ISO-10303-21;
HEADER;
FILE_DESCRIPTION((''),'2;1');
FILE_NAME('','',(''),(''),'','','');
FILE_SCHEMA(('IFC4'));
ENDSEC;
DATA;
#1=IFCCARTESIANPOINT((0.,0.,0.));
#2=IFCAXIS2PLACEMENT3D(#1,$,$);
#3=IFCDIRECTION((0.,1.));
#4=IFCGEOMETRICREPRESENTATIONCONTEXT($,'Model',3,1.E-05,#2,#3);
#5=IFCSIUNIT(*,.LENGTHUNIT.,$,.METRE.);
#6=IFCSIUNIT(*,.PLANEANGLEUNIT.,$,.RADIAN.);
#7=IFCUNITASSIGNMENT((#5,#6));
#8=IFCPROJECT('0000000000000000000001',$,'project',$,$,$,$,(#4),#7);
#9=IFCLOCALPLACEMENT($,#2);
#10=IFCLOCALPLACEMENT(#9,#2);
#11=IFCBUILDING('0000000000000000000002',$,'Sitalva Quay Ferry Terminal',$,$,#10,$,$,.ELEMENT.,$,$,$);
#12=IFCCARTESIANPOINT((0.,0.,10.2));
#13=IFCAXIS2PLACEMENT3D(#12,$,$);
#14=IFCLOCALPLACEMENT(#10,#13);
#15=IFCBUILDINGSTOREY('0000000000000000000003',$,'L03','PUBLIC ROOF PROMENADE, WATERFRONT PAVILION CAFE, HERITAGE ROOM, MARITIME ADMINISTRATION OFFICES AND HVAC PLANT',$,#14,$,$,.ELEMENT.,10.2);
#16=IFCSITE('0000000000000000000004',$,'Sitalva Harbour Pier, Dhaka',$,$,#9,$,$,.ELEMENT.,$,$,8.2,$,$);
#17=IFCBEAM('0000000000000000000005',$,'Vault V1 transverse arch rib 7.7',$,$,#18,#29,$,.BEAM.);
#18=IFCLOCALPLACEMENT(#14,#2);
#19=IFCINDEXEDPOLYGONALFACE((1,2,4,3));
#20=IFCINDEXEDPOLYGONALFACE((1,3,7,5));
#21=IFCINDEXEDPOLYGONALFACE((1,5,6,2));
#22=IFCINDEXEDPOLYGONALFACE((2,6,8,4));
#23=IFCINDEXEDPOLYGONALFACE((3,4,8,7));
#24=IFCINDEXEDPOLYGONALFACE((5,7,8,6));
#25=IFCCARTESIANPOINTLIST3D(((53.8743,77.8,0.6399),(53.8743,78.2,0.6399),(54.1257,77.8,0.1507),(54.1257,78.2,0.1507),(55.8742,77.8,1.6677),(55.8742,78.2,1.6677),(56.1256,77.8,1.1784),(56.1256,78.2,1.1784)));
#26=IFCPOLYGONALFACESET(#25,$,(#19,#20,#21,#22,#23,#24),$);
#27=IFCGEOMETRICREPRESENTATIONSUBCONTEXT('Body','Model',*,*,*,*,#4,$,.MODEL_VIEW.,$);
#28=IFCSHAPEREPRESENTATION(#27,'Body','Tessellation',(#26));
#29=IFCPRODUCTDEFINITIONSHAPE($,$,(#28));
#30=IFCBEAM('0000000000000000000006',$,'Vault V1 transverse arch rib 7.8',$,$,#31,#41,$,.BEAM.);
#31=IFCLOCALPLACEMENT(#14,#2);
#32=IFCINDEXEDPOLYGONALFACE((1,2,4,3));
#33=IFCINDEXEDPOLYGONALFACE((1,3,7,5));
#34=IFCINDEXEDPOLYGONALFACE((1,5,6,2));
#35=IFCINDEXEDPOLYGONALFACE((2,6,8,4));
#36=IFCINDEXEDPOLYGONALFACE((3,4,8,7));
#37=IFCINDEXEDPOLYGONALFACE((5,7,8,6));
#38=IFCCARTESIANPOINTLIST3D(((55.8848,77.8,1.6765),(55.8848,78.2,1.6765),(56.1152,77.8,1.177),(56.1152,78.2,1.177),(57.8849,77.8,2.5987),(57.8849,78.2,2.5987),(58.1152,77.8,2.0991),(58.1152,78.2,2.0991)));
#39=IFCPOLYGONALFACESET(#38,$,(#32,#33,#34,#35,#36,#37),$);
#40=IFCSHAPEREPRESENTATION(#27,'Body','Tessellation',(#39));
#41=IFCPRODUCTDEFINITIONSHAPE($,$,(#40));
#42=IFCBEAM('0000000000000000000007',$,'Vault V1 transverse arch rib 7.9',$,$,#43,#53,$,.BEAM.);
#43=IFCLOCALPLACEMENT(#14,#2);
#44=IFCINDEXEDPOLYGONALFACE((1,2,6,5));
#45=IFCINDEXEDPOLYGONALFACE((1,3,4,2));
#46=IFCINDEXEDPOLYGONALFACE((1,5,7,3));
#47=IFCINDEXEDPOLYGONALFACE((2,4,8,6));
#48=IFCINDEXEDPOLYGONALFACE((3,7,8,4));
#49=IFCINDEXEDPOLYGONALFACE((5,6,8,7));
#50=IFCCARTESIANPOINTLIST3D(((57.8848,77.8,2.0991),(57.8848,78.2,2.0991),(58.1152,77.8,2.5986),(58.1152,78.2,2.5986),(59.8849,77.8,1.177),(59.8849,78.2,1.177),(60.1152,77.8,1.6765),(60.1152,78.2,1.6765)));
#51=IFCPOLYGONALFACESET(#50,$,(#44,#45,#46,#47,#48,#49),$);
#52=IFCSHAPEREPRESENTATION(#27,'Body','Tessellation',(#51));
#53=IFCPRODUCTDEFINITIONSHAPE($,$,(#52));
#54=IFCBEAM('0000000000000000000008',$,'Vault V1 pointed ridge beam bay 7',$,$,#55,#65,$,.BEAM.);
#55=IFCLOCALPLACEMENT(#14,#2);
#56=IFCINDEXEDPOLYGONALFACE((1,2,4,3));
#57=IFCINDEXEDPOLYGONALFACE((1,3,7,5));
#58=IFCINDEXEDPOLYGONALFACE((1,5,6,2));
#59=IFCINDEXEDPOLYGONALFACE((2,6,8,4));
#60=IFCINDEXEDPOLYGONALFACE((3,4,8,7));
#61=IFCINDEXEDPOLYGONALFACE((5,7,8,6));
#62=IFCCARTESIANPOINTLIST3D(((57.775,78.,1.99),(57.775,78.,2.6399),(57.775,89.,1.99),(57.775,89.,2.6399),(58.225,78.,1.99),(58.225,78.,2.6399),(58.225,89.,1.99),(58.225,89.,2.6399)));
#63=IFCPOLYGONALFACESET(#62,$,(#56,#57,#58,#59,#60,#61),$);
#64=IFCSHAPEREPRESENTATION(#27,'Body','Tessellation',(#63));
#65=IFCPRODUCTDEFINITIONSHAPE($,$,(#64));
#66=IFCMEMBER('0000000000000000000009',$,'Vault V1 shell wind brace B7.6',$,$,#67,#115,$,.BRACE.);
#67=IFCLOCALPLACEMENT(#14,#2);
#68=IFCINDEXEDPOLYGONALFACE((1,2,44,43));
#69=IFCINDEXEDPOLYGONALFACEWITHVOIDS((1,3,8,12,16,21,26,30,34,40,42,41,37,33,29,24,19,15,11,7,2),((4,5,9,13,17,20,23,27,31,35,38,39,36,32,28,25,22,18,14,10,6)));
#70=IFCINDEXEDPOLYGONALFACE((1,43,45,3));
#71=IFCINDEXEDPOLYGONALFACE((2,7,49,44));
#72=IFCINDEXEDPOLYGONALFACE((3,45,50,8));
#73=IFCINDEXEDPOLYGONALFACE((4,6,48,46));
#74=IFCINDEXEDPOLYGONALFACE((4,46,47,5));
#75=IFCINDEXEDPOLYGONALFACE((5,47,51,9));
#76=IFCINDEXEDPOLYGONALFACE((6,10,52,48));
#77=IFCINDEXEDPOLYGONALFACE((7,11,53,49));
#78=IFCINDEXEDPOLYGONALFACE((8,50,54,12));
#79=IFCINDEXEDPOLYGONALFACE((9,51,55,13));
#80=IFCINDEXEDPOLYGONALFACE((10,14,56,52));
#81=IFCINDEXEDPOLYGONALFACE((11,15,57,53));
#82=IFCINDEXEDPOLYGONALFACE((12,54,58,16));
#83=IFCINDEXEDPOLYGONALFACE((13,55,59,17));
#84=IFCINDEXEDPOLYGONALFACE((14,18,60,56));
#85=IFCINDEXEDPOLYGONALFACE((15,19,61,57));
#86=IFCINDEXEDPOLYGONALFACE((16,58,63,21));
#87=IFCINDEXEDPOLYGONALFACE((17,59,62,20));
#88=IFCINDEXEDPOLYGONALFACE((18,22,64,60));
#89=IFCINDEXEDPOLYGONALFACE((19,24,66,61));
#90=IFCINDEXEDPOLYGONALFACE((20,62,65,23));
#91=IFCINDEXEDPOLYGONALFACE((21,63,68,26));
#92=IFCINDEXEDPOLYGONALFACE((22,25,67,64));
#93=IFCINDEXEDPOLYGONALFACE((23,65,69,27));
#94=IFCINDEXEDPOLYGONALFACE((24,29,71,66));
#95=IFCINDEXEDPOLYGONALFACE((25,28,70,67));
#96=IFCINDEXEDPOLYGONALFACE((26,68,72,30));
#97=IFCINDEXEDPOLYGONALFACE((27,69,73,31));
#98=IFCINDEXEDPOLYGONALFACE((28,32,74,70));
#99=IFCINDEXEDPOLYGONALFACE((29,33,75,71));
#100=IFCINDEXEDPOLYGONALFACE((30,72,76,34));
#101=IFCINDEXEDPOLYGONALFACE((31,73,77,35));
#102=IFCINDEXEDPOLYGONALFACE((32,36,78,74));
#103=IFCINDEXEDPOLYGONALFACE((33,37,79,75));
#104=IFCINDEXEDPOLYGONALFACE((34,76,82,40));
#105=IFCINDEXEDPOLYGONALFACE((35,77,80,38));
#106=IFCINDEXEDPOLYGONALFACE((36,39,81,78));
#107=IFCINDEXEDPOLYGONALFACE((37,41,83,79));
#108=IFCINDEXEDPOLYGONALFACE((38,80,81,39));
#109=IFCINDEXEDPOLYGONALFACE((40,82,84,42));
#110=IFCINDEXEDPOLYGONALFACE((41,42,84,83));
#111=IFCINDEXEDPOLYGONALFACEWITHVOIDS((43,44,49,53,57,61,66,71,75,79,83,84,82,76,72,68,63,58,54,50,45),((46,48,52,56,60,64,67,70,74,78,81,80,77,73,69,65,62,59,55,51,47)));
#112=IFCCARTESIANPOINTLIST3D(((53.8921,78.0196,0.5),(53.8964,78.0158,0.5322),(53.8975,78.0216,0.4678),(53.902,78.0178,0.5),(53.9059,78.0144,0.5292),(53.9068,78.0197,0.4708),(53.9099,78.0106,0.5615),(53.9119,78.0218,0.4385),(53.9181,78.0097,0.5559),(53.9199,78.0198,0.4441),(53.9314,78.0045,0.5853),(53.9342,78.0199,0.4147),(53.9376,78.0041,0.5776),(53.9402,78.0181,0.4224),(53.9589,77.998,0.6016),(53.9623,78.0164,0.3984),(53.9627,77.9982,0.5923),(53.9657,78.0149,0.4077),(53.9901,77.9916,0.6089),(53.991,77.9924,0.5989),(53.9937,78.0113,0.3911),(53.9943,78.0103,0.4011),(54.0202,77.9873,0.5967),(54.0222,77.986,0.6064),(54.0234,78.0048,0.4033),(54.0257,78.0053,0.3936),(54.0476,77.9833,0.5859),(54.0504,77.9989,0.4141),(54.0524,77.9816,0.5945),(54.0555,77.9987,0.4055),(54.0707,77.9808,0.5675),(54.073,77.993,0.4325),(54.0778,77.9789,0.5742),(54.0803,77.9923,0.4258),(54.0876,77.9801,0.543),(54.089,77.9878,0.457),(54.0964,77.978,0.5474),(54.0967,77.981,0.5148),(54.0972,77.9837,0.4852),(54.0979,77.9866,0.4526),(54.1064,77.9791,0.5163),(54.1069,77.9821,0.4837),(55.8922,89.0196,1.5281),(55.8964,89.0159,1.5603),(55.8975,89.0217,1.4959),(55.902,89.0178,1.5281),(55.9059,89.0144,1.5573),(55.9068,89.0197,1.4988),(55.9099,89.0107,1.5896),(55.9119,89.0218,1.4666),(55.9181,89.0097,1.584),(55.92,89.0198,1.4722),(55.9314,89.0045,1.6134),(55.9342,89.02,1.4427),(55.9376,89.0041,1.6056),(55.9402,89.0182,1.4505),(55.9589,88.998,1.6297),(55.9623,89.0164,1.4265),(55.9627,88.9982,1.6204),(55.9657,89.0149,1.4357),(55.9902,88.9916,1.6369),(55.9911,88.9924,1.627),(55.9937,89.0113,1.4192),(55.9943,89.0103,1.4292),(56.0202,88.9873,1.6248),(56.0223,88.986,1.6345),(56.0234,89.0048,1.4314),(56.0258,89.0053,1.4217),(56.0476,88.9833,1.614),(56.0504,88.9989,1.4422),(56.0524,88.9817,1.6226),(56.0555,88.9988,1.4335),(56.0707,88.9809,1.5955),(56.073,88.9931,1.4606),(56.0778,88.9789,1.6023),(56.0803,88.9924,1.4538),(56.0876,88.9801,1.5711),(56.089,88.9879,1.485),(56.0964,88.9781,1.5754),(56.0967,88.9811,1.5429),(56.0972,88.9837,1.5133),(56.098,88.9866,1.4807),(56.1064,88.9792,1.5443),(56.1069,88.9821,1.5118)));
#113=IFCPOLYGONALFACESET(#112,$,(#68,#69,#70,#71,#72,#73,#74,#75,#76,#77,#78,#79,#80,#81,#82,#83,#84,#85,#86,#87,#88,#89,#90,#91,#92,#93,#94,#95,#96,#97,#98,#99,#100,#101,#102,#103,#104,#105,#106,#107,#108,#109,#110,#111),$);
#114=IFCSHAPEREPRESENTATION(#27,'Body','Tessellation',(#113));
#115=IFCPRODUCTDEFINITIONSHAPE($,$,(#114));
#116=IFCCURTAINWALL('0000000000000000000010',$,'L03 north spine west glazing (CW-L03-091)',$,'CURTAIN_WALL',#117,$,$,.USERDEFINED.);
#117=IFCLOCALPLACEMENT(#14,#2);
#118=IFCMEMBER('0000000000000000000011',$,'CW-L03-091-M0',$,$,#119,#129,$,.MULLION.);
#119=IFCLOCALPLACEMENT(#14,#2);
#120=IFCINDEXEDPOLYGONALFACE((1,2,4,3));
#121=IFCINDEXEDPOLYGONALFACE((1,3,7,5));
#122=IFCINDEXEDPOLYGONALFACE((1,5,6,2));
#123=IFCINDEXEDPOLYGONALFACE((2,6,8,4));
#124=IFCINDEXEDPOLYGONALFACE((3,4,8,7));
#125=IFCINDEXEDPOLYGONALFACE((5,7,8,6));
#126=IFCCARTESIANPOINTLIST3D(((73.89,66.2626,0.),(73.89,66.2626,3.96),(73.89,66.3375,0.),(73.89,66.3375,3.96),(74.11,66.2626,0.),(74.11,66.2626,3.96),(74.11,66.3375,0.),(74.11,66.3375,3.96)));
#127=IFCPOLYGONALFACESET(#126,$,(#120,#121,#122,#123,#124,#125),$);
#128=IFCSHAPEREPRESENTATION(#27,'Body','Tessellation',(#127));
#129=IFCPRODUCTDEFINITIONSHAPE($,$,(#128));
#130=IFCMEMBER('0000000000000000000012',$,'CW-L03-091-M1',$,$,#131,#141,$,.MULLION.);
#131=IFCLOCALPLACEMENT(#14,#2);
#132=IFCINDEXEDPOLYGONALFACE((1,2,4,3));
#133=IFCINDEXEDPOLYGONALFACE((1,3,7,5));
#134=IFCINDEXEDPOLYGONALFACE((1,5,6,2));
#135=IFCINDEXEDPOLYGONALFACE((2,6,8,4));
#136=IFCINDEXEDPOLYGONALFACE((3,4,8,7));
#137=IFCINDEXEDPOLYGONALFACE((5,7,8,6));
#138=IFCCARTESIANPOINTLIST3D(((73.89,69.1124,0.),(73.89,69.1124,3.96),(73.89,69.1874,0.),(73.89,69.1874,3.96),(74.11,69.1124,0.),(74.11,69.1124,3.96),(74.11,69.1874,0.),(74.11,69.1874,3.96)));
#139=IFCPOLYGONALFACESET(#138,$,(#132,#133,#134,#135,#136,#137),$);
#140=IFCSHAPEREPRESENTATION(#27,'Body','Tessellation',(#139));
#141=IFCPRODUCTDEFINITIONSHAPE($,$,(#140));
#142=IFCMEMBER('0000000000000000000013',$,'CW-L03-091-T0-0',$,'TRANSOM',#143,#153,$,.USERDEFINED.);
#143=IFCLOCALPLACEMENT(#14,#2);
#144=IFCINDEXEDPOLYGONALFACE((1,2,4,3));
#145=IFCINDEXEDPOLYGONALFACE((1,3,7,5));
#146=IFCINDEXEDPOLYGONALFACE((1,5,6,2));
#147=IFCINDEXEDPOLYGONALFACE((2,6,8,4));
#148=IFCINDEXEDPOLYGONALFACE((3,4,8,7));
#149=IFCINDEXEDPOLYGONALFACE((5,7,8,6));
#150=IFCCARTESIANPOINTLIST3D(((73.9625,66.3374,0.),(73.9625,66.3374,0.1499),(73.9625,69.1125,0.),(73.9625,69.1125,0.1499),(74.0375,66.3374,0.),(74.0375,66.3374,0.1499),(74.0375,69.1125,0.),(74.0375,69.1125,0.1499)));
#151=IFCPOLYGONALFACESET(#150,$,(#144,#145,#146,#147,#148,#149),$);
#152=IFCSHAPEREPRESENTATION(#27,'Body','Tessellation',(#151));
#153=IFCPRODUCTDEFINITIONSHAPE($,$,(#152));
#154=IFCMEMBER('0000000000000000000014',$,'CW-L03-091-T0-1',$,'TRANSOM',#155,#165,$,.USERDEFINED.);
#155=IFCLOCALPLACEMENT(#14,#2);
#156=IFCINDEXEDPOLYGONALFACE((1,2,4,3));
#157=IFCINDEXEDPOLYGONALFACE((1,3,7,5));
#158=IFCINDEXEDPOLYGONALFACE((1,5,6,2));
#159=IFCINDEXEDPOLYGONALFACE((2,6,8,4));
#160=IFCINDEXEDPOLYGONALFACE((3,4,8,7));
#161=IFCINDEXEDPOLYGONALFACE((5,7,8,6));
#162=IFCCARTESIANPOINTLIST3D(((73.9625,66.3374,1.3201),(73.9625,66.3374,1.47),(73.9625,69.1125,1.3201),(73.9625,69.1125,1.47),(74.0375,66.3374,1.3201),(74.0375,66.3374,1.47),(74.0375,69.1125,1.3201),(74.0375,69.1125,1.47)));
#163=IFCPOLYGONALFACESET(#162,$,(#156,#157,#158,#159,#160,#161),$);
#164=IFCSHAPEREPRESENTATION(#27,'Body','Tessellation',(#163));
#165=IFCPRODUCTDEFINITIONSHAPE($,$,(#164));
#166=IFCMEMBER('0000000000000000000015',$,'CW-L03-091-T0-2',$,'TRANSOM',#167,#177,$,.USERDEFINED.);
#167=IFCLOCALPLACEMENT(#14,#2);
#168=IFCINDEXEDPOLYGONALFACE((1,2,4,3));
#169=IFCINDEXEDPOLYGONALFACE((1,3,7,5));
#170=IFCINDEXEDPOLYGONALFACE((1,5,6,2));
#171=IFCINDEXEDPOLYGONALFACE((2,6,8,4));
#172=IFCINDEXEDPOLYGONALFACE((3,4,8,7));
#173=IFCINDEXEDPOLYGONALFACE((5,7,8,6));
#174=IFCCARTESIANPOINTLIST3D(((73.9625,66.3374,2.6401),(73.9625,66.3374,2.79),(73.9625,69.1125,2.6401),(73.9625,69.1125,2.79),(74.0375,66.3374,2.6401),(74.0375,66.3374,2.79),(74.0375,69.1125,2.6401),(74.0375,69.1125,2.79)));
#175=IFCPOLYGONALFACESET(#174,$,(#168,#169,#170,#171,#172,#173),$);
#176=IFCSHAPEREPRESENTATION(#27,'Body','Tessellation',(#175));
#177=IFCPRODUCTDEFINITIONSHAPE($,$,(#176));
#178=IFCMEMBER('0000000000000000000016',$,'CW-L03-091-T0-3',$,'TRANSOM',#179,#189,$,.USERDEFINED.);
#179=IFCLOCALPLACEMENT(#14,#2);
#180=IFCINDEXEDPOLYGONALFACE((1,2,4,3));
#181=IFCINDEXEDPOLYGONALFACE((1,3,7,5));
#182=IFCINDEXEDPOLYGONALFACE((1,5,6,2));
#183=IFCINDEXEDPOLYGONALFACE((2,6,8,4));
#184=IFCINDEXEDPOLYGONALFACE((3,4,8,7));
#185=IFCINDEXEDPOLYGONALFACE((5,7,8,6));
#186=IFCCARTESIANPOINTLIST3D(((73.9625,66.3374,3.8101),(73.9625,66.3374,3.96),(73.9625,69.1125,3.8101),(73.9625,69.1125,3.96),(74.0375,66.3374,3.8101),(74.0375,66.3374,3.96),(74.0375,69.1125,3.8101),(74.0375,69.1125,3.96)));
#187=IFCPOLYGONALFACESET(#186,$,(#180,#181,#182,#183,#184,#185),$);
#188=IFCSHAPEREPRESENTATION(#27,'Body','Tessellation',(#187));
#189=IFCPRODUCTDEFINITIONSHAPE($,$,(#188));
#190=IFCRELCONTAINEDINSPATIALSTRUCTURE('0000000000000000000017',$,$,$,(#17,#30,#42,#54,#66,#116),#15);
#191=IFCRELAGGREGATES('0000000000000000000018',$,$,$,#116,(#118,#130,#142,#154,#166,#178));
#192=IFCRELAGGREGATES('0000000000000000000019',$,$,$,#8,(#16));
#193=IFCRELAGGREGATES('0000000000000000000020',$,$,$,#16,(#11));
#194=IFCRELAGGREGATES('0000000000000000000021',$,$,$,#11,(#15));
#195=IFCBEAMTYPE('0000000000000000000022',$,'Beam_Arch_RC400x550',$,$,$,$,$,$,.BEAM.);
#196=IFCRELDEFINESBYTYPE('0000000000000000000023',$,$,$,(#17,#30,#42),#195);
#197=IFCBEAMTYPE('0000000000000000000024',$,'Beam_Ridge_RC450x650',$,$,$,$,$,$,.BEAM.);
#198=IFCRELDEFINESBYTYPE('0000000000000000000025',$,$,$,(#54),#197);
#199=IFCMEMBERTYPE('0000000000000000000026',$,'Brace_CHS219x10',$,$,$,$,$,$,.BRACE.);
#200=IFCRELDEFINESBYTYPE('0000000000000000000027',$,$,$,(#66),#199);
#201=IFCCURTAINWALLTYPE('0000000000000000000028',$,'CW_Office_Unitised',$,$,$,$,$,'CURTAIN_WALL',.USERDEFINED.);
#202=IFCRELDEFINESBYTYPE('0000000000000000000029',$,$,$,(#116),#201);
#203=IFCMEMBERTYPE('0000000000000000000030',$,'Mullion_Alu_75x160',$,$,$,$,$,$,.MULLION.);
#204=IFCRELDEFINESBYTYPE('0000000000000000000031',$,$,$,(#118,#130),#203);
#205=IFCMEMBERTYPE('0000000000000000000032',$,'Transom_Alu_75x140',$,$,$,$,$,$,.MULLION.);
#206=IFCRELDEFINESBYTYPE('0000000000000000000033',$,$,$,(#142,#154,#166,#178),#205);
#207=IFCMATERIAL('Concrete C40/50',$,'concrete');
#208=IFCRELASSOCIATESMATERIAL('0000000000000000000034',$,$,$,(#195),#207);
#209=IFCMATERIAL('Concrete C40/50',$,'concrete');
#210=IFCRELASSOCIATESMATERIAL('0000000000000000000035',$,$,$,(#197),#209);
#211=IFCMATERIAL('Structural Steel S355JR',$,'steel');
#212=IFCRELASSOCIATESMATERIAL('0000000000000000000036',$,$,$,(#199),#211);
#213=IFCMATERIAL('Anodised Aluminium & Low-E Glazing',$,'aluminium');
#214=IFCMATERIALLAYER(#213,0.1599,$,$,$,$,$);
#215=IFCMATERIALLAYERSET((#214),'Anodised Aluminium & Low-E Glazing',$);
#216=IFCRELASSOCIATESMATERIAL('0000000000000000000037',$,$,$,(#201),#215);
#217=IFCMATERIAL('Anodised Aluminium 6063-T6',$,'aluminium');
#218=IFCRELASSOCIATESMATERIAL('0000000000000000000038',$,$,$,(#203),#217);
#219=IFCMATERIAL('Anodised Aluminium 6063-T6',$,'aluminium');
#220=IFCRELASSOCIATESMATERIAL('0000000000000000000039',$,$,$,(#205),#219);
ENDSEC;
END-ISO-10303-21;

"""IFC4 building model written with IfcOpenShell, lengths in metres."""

from ifc_helpers import new_model, si_unit, direction, frame, origin, origin_2d, place, context, subcontext, project, spatial, rectangle, hollow_circle, extrude, material, layer, layer_set, material_profile, profile_set, type_object, element, aggregate, save


model = new_model("IFC4")

# Units and contexts
model_context = context("Model", 3, precision=1e-05, world=origin(), true_north=direction((0.0, 1.0)))
body_context = subcontext(model_context, "Body", "Model", "MODEL_VIEW")
ifc_project = project(units=[si_unit("LENGTHUNIT", "METRE"), si_unit("PLANEANGLEUNIT", "RADIAN")], contexts=[model_context])

# Site, building, storey
site_placement = place(None, origin())
site = spatial("IfcSite", under=ifc_project, at=site_placement, Name="Sitalva Harbour Pier, Dhaka", CompositionType="ELEMENT", RefElevation=8.2)
building_placement = place(site_placement, origin())
building = spatial("IfcBuilding", under=site, at=building_placement, Name="Sitalva Quay Ferry Terminal", CompositionType="ELEMENT")
storey_placement = place(building_placement, frame((0.0, 0.0, 10.2)))
storey = spatial("IfcBuildingStorey", under=building, at=storey_placement, Name="L03", Description="PUBLIC ROOF PROMENADE, WATERFRONT PAVILION CAFE, HERITAGE ROOM, MARITIME ADMINISTRATION OFFICES AND HVAC PLANT", CompositionType="ELEMENT", Elevation=10.2)

# Beams
ifc_material_1 = material(Name="Concrete C40/50", Category="concrete")
ifc_material_profile_1 = material_profile(ifc_material_1, rectangle(XDim=0.3999, YDim=0.55, at=origin_2d()), Name="RC400x550")
ifc_profile_set_1 = profile_set([ifc_material_profile_1], Name="Concrete C40/50")
beam_type_1 = type_object("IfcBeamType", Name="Beam_Arch_RC400x550", PredefinedType="BEAM", material=ifc_profile_set_1)
beam_1_placement = place(storey_placement, frame((54.0, 78.0, 0.3953), z_axis=(0.889421, 0.0, 0.457088), x_axis=(0.0, 1.0, 0.0)))
element("IfcBeam", 1, at=beam_1_placement, inside=storey, type_object=beam_type_1, Name="Vault V1 transverse arch rib 7.7", PredefinedType="BEAM", context=body_context, shape_type="SweptSolid", body=[
    extrude(rectangle(XDim=0.3999, YDim=0.55, at=origin_2d()), origin(), (0.0, 0.0, 1.0), 2.2485),
])
for number, where, z_axis, x_axis, name in (
    (2, (56.0, 78.0, 1.4268), (0.908125, 0.0, 0.4187), (0.0, 1.0, 0.0), "Vault V1 transverse arch rib 7.8"),
    (3, (58.0, 78.0, 2.3489), (0.908125, 0.0, -0.4187), (0.0, 1.0, 0.0), "Vault V1 transverse arch rib 7.9"),
):
    element("IfcBeam", number, at=place(storey_placement, frame(where, z_axis=z_axis, x_axis=x_axis)), inside=storey, type_object=beam_type_1, Name=name, PredefinedType="BEAM", context=body_context, shape_type="SweptSolid", body=[
        extrude(rectangle(XDim=0.3999, YDim=0.55, at=origin_2d()), origin(), (0.0, 0.0, 1.0), 2.2024),
    ])
ifc_material_2 = material(Name="Concrete C40/50", Category="concrete")
ifc_material_profile_2 = material_profile(ifc_material_2, rectangle(XDim=0.45, YDim=0.6499, at=origin_2d()), Name="RC450x650")
ifc_profile_set_2 = profile_set([ifc_material_profile_2], Name="Concrete C40/50")
beam_type_2 = type_object("IfcBeamType", Name="Beam_Ridge_RC450x650", PredefinedType="BEAM", material=ifc_profile_set_2)
beam_2_placement = place(storey_placement, frame((58.0, 78.0, 2.3149), z_axis=(0.0, 1.0, 0.0), x_axis=(-1.0, 0.0, 0.0)))
element("IfcBeam", 4, at=beam_2_placement, inside=storey, type_object=beam_type_2, Name="Vault V1 pointed ridge beam bay 7", PredefinedType="BEAM", context=body_context, shape_type="SweptSolid", body=[
    extrude(rectangle(XDim=0.45, YDim=0.6499, at=origin_2d()), origin(), (0.0, 0.0, 1.0), 11.0),
])

# Member
ifc_material_3 = material(Name="Structural Steel S355JR", Category="steel")
ifc_material_profile_3 = material_profile(ifc_material_3, hollow_circle(Radius=0.1096, WallThickness=0.01, at=origin_2d()), Name="CHS219x10")
ifc_profile_set_3 = profile_set([ifc_material_profile_3], Name="Structural Steel S355JR")
member_type_1 = type_object("IfcMemberType", Name="Brace_CHS219x10", PredefinedType="BRACE", material=ifc_profile_set_3)
member_1_placement = place(storey_placement, frame((54.0, 78.0, 0.5), z_axis=(0.178134, 0.979737, 0.091568), x_axis=(-0.98387, 0.178885, 0.0)))
element("IfcMember", 5, at=member_1_placement, inside=storey, type_object=member_type_1, Name="Vault V1 shell wind brace B7.6", PredefinedType="BRACE", context=body_context, shape_type="SweptSolid", body=[
    extrude(hollow_circle(Radius=0.1096, WallThickness=0.01, at=origin_2d()), origin(), (0.0, 0.0, 1.0), 11.2275),
])

# Curtain wall, members
ifc_material_4 = material(Name="Anodised Aluminium & Low-E Glazing", Category="aluminium")
ifc_layer_1 = layer(ifc_material_4, 0.1599)
ifc_layer_set_1 = layer_set([ifc_layer_1], Name="Anodised Aluminium & Low-E Glazing")
curtain_wall_type = type_object("IfcCurtainWallType", Name="CW_Office_Unitised", ElementType="CURTAIN_WALL", PredefinedType="USERDEFINED", material=ifc_layer_set_1)
curtain_wall_placement = place(storey_placement, origin())
curtain_wall = element("IfcCurtainWall", 6, at=curtain_wall_placement, inside=storey, type_object=curtain_wall_type, Name="L03 north spine west glazing (CW-L03-091)", ObjectType="CURTAIN_WALL", PredefinedType="USERDEFINED")
ifc_material_5 = material(Name="Anodised Aluminium 6063-T6", Category="aluminium")
ifc_material_profile_4 = material_profile(ifc_material_5, rectangle(XDim=0.075, YDim=0.22, at=origin_2d()), Name="ALU75x220")
ifc_profile_set_4 = profile_set([ifc_material_profile_4], Name="Anodised Aluminium 6063-T6")
member_type_2 = type_object("IfcMemberType", Name="Mullion_Alu_75x160", PredefinedType="MULLION", material=ifc_profile_set_4)
member_2_placement = place(storey_placement, frame((74.0, 66.3, 0.0), z_axis=(0.0, 0.0, 1.0), x_axis=(0.0, 1.0, 0.0)))
member_2 = element("IfcMember", 7, at=member_2_placement, type_object=member_type_2, Name="CW-L03-091-M0", PredefinedType="MULLION", context=body_context, shape_type="SweptSolid", body=[
    extrude(rectangle(XDim=0.075, YDim=0.22, at=origin_2d()), origin(), (0.0, 0.0, 1.0), 3.96),
])
member_3_placement = place(storey_placement, frame((74.0, 69.1499, 0.0), z_axis=(0.0, 0.0, 1.0), x_axis=(0.0, 1.0, 0.0)))
member_3 = element("IfcMember", 8, at=member_3_placement, type_object=member_type_2, Name="CW-L03-091-M1", PredefinedType="MULLION", context=body_context, shape_type="SweptSolid", body=[
    extrude(rectangle(XDim=0.075, YDim=0.22, at=origin_2d()), origin(), (0.0, 0.0, 1.0), 3.96),
])
ifc_material_6 = material(Name="Anodised Aluminium 6063-T6", Category="aluminium")
ifc_material_profile_5 = material_profile(ifc_material_6, rectangle(XDim=0.075, YDim=0.1499, at=origin_2d()), Name="ALU75x150")
ifc_profile_set_5 = profile_set([ifc_material_profile_5], Name="Anodised Aluminium 6063-T6")
member_type_3 = type_object("IfcMemberType", Name="Transom_Alu_75x140", PredefinedType="MULLION", material=ifc_profile_set_5)
member_4_placement = place(storey_placement, frame((74.0, 66.3374, 0.075), z_axis=(0.0, 1.0, 0.0), x_axis=(-1.0, 0.0, 0.0)))
member_4 = element("IfcMember", 9, at=member_4_placement, type_object=member_type_3, Name="CW-L03-091-T0-0", ObjectType="TRANSOM", PredefinedType="USERDEFINED", context=body_context, shape_type="SweptSolid", body=[
    extrude(rectangle(XDim=0.075, YDim=0.1499, at=origin_2d()), origin(), (0.0, 0.0, 1.0), 2.7751),
])
member_5_placement = place(storey_placement, frame((74.0, 66.3374, 1.395), z_axis=(0.0, 1.0, 0.0), x_axis=(-1.0, 0.0, 0.0)))
member_5 = element("IfcMember", 10, at=member_5_placement, type_object=member_type_3, Name="CW-L03-091-T0-1", ObjectType="TRANSOM", PredefinedType="USERDEFINED", context=body_context, shape_type="SweptSolid", body=[
    extrude(rectangle(XDim=0.075, YDim=0.1499, at=origin_2d()), origin(), (0.0, 0.0, 1.0), 2.7751),
])
member_6_placement = place(storey_placement, frame((74.0, 66.3374, 2.7151), z_axis=(0.0, 1.0, 0.0), x_axis=(-1.0, 0.0, 0.0)))
member_6 = element("IfcMember", 11, at=member_6_placement, type_object=member_type_3, Name="CW-L03-091-T0-2", ObjectType="TRANSOM", PredefinedType="USERDEFINED", context=body_context, shape_type="SweptSolid", body=[
    extrude(rectangle(XDim=0.075, YDim=0.1499, at=origin_2d()), origin(), (0.0, 0.0, 1.0), 2.7751),
])
member_7_placement = place(storey_placement, frame((74.0, 66.3374, 3.885), z_axis=(0.0, 1.0, 0.0), x_axis=(-1.0, 0.0, 0.0)))
member_7 = element("IfcMember", 12, at=member_7_placement, type_object=member_type_3, Name="CW-L03-091-T0-3", ObjectType="TRANSOM", PredefinedType="USERDEFINED", context=body_context, shape_type="SweptSolid", body=[
    extrude(rectangle(XDim=0.075, YDim=0.1499, at=origin_2d()), origin(), (0.0, 0.0, 1.0), 2.7751),
])

aggregate(curtain_wall, [member_2, member_3, member_4, member_5, member_6, member_7])

save(model, "model.ifc")
